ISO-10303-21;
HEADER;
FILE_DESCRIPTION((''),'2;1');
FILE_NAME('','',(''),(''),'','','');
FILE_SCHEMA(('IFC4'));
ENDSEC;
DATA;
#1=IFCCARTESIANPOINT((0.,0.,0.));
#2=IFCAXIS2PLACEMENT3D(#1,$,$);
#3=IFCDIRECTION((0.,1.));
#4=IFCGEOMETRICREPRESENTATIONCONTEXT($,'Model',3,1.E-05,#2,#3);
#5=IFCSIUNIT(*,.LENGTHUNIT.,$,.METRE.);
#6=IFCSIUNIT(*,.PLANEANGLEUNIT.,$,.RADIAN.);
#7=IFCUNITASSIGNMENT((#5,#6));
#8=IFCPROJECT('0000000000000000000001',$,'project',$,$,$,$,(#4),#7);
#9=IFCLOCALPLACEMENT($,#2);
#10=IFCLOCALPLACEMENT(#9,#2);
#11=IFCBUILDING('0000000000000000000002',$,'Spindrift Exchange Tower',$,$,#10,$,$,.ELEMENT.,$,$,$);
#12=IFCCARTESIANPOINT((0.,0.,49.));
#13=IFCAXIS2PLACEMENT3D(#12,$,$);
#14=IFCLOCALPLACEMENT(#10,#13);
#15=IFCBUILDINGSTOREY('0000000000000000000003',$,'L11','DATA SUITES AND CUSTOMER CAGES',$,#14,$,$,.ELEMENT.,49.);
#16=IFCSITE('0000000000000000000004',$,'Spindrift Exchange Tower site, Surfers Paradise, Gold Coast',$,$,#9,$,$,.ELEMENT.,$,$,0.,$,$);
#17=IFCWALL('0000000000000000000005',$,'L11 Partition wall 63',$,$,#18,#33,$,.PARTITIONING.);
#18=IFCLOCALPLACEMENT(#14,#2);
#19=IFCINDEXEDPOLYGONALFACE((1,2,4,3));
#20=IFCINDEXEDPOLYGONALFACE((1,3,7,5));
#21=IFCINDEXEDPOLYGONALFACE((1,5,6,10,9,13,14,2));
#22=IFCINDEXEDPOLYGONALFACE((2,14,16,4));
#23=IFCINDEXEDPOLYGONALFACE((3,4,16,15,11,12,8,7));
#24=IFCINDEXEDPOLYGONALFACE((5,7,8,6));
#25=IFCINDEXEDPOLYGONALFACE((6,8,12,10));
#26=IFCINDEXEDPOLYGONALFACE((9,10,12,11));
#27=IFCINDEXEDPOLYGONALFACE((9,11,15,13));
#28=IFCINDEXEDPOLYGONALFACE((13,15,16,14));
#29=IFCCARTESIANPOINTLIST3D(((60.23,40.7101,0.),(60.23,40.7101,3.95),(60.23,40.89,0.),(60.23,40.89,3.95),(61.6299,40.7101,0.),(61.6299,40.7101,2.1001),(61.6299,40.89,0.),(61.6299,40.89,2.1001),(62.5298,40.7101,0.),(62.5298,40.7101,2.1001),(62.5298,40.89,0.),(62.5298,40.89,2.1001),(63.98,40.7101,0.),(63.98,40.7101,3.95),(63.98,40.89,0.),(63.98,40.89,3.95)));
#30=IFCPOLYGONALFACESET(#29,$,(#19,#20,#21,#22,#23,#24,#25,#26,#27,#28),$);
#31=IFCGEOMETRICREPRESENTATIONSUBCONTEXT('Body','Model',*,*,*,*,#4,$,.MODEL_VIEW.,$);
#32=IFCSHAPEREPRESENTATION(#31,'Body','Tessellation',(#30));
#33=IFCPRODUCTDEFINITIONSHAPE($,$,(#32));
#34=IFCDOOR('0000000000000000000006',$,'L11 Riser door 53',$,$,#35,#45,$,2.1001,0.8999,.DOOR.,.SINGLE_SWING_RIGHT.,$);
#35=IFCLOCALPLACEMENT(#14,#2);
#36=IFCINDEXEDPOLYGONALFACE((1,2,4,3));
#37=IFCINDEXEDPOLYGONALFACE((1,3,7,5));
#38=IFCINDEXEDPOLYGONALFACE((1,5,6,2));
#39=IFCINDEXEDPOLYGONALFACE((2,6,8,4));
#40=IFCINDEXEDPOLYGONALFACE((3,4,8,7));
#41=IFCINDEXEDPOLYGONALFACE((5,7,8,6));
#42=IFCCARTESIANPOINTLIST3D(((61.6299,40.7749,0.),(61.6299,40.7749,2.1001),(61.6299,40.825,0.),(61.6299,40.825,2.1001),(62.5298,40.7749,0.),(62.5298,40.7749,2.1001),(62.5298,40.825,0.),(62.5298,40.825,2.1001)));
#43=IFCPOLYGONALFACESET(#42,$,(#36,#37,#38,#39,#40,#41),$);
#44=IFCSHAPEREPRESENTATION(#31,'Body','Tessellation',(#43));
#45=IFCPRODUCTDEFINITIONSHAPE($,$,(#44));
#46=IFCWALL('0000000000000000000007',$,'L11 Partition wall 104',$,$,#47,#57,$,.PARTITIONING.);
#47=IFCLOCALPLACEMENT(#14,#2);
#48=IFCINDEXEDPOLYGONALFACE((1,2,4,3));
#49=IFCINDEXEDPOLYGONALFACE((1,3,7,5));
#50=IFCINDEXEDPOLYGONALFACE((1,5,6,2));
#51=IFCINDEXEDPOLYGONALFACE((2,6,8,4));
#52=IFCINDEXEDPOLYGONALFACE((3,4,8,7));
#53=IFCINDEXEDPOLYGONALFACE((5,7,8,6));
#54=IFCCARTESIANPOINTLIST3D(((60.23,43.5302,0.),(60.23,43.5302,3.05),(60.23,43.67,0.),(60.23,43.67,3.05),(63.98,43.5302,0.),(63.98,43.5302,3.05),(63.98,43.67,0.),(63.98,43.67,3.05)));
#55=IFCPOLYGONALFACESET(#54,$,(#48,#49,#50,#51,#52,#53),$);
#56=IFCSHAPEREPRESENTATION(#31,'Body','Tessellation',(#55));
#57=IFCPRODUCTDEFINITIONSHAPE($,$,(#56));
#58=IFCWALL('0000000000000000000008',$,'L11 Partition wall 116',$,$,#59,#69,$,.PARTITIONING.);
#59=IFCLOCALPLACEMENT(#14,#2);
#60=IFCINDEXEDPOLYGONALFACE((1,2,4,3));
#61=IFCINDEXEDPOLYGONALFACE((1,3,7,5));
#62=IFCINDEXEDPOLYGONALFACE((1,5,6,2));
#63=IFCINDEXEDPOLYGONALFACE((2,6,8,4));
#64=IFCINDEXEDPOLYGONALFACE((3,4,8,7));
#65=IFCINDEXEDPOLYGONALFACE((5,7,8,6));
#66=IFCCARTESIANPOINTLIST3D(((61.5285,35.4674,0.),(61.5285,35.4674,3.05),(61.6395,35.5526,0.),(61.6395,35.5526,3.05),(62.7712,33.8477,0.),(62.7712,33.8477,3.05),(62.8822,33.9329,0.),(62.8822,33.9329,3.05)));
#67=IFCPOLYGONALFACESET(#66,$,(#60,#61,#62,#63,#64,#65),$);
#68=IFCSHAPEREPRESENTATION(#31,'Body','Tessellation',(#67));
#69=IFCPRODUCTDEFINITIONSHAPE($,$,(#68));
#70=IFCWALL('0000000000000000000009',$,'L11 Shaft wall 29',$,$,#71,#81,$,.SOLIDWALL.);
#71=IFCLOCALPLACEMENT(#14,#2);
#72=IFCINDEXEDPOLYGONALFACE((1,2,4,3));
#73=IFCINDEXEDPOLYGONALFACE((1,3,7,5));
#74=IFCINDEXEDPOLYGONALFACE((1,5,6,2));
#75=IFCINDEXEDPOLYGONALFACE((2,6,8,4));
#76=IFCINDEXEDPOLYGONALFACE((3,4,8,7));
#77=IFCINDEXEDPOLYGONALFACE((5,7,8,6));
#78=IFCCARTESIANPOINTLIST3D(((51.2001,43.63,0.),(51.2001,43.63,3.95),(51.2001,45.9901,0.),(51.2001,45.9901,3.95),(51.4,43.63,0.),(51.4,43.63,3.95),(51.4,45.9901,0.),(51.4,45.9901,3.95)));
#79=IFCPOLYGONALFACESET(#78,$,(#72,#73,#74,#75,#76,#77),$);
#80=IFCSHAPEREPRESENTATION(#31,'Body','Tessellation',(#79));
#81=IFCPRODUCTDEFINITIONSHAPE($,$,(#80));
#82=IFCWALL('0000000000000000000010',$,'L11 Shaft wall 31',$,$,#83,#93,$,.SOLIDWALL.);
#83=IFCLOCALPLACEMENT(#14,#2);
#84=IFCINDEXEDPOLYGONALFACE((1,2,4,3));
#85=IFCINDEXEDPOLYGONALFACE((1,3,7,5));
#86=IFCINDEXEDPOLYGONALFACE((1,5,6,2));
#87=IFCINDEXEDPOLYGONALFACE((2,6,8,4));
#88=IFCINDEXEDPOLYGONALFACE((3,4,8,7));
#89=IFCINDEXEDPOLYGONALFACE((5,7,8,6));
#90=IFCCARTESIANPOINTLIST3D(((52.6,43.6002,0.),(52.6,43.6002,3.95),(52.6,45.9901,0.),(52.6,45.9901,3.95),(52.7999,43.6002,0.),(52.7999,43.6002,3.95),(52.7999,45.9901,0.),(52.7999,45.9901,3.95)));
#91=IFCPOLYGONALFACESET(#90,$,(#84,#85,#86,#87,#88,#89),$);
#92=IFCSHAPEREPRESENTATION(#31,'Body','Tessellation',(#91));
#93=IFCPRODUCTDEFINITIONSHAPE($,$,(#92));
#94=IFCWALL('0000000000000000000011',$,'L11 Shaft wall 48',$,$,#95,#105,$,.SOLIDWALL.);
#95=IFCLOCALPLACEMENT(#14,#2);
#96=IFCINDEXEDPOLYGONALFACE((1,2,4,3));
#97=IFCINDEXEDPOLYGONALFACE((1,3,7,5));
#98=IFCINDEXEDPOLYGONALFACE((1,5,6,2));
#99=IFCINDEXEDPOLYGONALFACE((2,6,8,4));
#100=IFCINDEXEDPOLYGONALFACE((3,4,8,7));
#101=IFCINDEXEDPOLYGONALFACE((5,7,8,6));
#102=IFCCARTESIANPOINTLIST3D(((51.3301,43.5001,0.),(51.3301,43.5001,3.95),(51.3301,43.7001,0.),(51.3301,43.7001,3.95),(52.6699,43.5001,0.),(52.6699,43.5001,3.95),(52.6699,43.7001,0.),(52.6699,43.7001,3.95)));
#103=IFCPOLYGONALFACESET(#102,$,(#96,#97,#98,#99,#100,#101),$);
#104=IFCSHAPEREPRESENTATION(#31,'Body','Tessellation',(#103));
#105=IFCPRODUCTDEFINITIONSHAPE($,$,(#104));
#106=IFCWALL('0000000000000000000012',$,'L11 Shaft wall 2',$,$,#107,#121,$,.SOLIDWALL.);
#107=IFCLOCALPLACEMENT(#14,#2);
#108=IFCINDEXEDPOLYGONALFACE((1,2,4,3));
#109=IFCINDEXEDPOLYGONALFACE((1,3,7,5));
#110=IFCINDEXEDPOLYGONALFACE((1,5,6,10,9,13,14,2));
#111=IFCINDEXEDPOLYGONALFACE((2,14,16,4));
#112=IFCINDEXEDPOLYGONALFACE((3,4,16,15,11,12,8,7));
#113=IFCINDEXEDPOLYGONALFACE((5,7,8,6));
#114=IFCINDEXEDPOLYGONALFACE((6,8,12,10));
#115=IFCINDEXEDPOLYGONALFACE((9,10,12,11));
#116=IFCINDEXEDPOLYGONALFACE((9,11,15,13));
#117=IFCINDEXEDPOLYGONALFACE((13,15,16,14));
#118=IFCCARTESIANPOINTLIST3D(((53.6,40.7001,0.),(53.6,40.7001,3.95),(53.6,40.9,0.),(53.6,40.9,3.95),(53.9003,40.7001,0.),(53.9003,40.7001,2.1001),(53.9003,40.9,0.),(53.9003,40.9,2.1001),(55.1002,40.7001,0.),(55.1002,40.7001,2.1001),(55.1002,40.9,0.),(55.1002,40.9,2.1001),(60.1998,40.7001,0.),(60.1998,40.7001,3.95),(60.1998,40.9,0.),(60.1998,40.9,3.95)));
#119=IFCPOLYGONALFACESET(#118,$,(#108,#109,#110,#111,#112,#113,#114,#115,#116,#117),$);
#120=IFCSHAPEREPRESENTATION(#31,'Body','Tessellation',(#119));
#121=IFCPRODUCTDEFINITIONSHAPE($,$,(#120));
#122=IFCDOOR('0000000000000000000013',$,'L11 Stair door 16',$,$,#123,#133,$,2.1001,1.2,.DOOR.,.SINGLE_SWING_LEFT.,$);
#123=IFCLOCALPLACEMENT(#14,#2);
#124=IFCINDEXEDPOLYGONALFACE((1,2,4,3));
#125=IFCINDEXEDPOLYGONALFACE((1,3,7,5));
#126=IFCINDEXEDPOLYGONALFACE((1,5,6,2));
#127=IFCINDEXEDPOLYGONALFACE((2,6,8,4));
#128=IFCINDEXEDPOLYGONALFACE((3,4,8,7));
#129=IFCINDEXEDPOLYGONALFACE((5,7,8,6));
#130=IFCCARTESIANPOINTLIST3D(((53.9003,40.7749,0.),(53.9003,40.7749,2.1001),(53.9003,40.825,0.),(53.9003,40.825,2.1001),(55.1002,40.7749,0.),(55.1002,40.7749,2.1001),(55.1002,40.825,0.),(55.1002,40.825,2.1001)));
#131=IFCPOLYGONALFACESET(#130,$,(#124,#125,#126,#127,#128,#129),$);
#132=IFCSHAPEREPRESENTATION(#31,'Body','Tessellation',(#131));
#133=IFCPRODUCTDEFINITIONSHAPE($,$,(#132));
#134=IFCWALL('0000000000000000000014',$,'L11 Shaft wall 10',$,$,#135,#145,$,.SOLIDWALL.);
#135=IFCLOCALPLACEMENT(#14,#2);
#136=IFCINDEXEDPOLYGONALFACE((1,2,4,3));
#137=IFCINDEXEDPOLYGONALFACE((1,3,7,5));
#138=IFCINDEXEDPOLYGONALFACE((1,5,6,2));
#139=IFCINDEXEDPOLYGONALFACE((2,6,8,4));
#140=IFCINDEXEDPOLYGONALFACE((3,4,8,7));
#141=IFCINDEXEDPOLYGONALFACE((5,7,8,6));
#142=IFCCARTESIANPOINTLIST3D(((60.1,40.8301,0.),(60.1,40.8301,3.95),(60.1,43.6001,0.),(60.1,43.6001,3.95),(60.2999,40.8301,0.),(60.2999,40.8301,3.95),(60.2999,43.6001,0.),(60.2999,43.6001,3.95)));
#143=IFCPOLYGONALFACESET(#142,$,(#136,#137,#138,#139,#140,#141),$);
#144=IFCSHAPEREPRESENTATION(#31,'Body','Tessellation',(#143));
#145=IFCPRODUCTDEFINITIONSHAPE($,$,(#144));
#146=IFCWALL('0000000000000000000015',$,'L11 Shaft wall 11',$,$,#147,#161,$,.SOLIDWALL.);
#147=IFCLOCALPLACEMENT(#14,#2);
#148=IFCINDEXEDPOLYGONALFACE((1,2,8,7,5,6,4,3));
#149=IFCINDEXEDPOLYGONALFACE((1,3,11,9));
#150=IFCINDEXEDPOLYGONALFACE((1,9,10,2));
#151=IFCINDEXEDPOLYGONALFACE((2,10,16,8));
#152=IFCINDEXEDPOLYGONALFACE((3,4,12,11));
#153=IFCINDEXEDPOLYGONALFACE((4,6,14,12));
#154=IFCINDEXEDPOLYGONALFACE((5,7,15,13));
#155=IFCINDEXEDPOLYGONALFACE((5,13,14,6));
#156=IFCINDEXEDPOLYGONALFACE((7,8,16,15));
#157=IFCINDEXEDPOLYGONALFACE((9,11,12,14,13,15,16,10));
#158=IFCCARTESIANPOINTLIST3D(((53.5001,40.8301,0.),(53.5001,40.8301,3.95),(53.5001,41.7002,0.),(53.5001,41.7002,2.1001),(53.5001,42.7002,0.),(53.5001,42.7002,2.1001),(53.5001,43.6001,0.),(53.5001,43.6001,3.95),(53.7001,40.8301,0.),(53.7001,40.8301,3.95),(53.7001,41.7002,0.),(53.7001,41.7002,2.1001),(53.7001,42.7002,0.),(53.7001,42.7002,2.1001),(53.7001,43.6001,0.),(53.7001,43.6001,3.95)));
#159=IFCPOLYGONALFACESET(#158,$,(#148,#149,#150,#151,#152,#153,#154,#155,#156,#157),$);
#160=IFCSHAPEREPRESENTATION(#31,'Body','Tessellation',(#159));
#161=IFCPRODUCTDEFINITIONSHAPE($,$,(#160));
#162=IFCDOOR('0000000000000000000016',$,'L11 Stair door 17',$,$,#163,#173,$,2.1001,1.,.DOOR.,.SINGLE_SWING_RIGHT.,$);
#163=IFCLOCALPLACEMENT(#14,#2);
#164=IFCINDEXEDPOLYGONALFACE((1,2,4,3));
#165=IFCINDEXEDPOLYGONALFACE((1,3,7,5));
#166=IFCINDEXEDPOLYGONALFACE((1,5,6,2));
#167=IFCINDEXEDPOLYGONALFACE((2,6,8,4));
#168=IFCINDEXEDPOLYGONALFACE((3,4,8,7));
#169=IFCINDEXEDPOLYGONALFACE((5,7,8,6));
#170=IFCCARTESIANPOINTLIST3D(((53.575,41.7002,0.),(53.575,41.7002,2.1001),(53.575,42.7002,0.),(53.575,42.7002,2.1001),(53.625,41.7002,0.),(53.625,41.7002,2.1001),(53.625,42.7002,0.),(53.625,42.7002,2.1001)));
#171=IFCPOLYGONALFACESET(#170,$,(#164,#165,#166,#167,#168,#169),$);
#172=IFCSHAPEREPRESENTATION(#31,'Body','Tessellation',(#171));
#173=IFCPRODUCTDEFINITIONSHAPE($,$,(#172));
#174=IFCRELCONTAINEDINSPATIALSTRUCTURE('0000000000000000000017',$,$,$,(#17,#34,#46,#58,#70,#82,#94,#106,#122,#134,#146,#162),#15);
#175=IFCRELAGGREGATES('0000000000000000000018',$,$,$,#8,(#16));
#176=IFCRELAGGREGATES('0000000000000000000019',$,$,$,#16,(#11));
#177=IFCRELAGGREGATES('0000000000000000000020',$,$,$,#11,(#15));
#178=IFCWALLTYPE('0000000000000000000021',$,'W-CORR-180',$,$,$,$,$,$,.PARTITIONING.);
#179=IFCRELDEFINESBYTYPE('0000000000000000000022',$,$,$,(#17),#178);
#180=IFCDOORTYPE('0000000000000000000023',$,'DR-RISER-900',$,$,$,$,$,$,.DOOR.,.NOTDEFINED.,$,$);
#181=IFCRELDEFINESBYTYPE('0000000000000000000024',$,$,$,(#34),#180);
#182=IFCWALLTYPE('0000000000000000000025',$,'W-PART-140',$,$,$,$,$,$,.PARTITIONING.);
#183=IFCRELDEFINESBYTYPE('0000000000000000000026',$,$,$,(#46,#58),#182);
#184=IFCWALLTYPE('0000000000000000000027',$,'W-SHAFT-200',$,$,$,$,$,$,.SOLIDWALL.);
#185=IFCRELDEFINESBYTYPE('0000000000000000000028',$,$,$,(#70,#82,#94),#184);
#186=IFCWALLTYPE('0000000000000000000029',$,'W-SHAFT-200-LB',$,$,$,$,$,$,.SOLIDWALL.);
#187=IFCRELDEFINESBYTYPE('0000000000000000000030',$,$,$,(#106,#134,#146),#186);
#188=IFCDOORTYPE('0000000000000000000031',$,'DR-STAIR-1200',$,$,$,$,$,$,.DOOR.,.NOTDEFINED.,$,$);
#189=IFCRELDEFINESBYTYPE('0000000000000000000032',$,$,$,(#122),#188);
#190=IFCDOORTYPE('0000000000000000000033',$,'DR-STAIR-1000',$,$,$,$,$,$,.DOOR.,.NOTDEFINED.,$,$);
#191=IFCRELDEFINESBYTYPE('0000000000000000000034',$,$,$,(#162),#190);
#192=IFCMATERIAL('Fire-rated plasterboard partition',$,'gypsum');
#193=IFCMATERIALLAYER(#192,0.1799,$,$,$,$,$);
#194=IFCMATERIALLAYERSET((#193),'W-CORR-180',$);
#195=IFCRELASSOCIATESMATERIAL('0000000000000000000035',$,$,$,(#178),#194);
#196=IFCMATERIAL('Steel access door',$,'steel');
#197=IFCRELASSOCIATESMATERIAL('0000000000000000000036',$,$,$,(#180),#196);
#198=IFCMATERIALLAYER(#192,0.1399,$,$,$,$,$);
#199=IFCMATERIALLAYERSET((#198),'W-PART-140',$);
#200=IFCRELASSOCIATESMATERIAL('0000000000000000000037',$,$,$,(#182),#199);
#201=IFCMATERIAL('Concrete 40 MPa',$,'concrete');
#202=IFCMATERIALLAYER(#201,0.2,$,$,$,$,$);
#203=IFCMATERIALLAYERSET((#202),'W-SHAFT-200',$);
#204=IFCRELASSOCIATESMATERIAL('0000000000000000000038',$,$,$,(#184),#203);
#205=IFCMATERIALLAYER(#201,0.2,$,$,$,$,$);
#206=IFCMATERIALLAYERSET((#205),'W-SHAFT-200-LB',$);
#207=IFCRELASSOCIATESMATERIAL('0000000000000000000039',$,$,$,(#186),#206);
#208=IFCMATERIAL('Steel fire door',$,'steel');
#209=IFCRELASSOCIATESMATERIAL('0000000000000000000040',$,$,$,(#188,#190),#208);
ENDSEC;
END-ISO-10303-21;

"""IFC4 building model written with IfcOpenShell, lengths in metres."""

from ifc_helpers import new_model, si_unit, direction, frame, frame_2d, origin, place, context, subcontext, project, spatial, rectangle, extrude, source, transform, mapped, material, layer, layer_set, type_object, element, fill, save


model = new_model("IFC4")

# Units and contexts
model_context = context("Model", 3, precision=1e-05, world=origin(), true_north=direction((0.0, 1.0)))
body_context = subcontext(model_context, "Body", "Model", "MODEL_VIEW")
ifc_project = project(units=[si_unit("LENGTHUNIT", "METRE"), si_unit("PLANEANGLEUNIT", "RADIAN")], contexts=[model_context])

# Site, building, storey
site_placement = place(None, origin())
site = spatial("IfcSite", under=ifc_project, at=site_placement, Name="Spindrift Exchange Tower site, Surfers Paradise, Gold Coast", CompositionType="ELEMENT", RefElevation=0.0)
building_placement = place(site_placement, origin())
building = spatial("IfcBuilding", under=site, at=building_placement, Name="Spindrift Exchange Tower", CompositionType="ELEMENT")
storey_placement = place(building_placement, frame((0.0, 0.0, 49.0)))
storey = spatial("IfcBuildingStorey", under=building, at=storey_placement, Name="L11", Description="DATA SUITES AND CUSTOMER CAGES", CompositionType="ELEMENT", Elevation=49.0)

# Wall, opening, door
ifc_material_1 = material(Name="Fire-rated plasterboard partition", Category="gypsum")
ifc_layer_1 = layer(ifc_material_1, 0.1799)
ifc_layer_set_1 = layer_set([ifc_layer_1], Name="W-CORR-180")
wall_type_1 = type_object("IfcWallType", Name="W-CORR-180", PredefinedType="PARTITIONING", material=ifc_layer_set_1)
wall_1_placement = place(storey_placement, frame((60.23, 40.8, 0.0), z_axis=(0.0, 0.0, 1.0), x_axis=(1.0, 0.0, 0.0)))
wall_1 = element("IfcWall", 1, at=wall_1_placement, inside=storey, type_object=wall_type_1, Name="L11 Partition wall 63", PredefinedType="PARTITIONING", context=body_context, shape_type="SweptSolid", body=[
    extrude(rectangle(XDim=3.75, YDim=0.1799, at=frame_2d((1.875, 0.0))), origin(), (0.0, 0.0, 1.0), 3.95),
])
opening_1_placement = place(wall_1_placement, frame((1.3999, 0.0, 0.0)))
opening_1 = element("IfcOpeningElement", 2, at=opening_1_placement, cuts=wall_1, PredefinedType="OPENING", context=body_context, shape_type="SweptSolid", body=[
    extrude(rectangle(XDim=0.8999, YDim=2.1001, at=frame_2d((0.45, 1.05))), frame((0.0, 0.0999, 0.0), z_axis=(0.0, -1.0, 0.0), x_axis=(1.0, 0.0, 0.0)), (0.0, 0.0, 1.0), 0.2),
])
ifc_material_2 = material(Name="Steel access door", Category="steel")
door_type_1 = type_object("IfcDoorType", Name="DR-RISER-900", OperationType="NOTDEFINED", PredefinedType="DOOR", material=ifc_material_2)
shared_shape_1 = source(origin(), body_context, "Body", "SweptSolid", [
    extrude(rectangle(XDim=0.8999, YDim=2.1001, at=frame_2d((0.45, 1.05))), frame((0.0, 0.0249, 0.0), z_axis=(0.0, -1.0, 0.0), x_axis=(1.0, 0.0, 0.0)), (0.0, 0.0, 1.0), 0.05),
])
door_1_placement = place(opening_1_placement, origin())
door_1 = element("IfcDoor", 3, at=door_1_placement, inside=storey, type_object=door_type_1, Name="L11 Riser door 53", OperationType="SINGLE_SWING_RIGHT", OverallHeight=2.1001, OverallWidth=0.8999, PredefinedType="DOOR", context=body_context, shape_type="MappedRepresentation", body=[
    mapped(shared_shape_1, transform((0.0, 0.0, 0.0), scale=1.0)),
])
fill(opening_1, door_1)

# Walls
ifc_layer_2 = layer(ifc_material_1, 0.1399)
ifc_layer_set_2 = layer_set([ifc_layer_2], Name="W-PART-140")
wall_type_2 = type_object("IfcWallType", Name="W-PART-140", PredefinedType="PARTITIONING", material=ifc_layer_set_2)
wall_2_placement = place(storey_placement, frame((60.23, 43.6001, 0.0), z_axis=(0.0, 0.0, 1.0), x_axis=(1.0, 0.0, 0.0)))
element("IfcWall", 4, at=wall_2_placement, inside=storey, type_object=wall_type_2, Name="L11 Partition wall 104", PredefinedType="PARTITIONING", context=body_context, shape_type="SweptSolid", body=[
    extrude(rectangle(XDim=3.75, YDim=0.1399, at=frame_2d((1.875, 0.0))), origin(), (0.0, 0.0, 1.0), 3.05),
])
wall_3_placement = place(storey_placement, frame((61.584, 35.51, 0.0), z_axis=(0.0, 0.0, 1.0), x_axis=(0.608728, -0.793379, 0.0)))
element("IfcWall", 5, at=wall_3_placement, inside=storey, type_object=wall_type_2, Name="L11 Partition wall 116", PredefinedType="PARTITIONING", context=body_context, shape_type="SweptSolid", body=[
    extrude(rectangle(XDim=2.0415, YDim=0.1399, at=frame_2d((1.0208, 0.0))), origin(), (0.0, 0.0, 1.0), 3.05),
])
ifc_material_3 = material(Name="Concrete 40 MPa", Category="concrete")
ifc_layer_3 = layer(ifc_material_3, 0.2)
ifc_layer_set_3 = layer_set([ifc_layer_3], Name="W-SHAFT-200")
wall_type_3 = type_object("IfcWallType", Name="W-SHAFT-200", PredefinedType="SOLIDWALL", material=ifc_layer_set_3)
wall_4_placement = place(storey_placement, frame((51.3, 43.6299, 0.0), z_axis=(0.0, 0.0, 1.0), x_axis=(0.0, 1.0, 0.0)))
element("IfcWall", 6, at=wall_4_placement, inside=storey, type_object=wall_type_3, Name="L11 Shaft wall 29", PredefinedType="SOLIDWALL", context=body_context, shape_type="SweptSolid", body=[
    extrude(rectangle(XDim=2.3601, YDim=0.2, at=frame_2d((1.1802, 0.0))), origin(), (0.0, 0.0, 1.0), 3.95),
])
wall_5_placement = place(storey_placement, frame((52.7, 45.99, 0.0), z_axis=(0.0, 0.0, 1.0), x_axis=(0.0, -1.0, 0.0)))
element("IfcWall", 7, at=wall_5_placement, inside=storey, type_object=wall_type_3, Name="L11 Shaft wall 31", PredefinedType="SOLIDWALL", context=body_context, shape_type="SweptSolid", body=[
    extrude(rectangle(XDim=2.3899, YDim=0.2, at=frame_2d((1.1948, 0.0))), origin(), (0.0, 0.0, 1.0), 3.95),
])
wall_6_placement = place(storey_placement, frame((52.6699, 43.6001, 0.0), z_axis=(0.0, 0.0, 1.0), x_axis=(-1.0, 0.0, 0.0)))
element("IfcWall", 8, at=wall_6_placement, inside=storey, type_object=wall_type_3, Name="L11 Shaft wall 48", PredefinedType="SOLIDWALL", context=body_context, shape_type="SweptSolid", body=[
    extrude(rectangle(XDim=1.3398, YDim=0.2, at=frame_2d((0.6699, 0.0))), origin(), (0.0, 0.0, 1.0), 3.95),
])

# Wall, opening, door
ifc_layer_4 = layer(ifc_material_3, 0.2)
ifc_layer_set_4 = layer_set([ifc_layer_4], Name="W-SHAFT-200-LB")
wall_type_4 = type_object("IfcWallType", Name="W-SHAFT-200-LB", PredefinedType="SOLIDWALL", material=ifc_layer_set_4)
wall_7_placement = place(storey_placement, frame((53.6001, 40.8, 0.0), z_axis=(0.0, 0.0, 1.0), x_axis=(1.0, 0.0, 0.0)))
wall_7 = element("IfcWall", 9, at=wall_7_placement, inside=storey, type_object=wall_type_4, Name="L11 Shaft wall 2", PredefinedType="SOLIDWALL", context=body_context, shape_type="SweptSolid", body=[
    extrude(rectangle(XDim=6.5999, YDim=0.2, at=frame_2d((3.2998, 0.0))), origin(), (0.0, 0.0, 1.0), 3.95),
])
opening_2_placement = place(wall_7_placement, frame((0.3, 0.0, 0.0)))
opening_2 = element("IfcOpeningElement", 10, at=opening_2_placement, cuts=wall_7, PredefinedType="OPENING", context=body_context, shape_type="SweptSolid", body=[
    extrude(rectangle(XDim=1.2, YDim=2.1001, at=frame_2d((0.6001, 1.05))), frame((0.0, 0.1099, 0.0), z_axis=(0.0, -1.0, 0.0), x_axis=(1.0, 0.0, 0.0)), (0.0, 0.0, 1.0), 0.22),
])
ifc_material_4 = material(Name="Steel fire door", Category="steel")
door_type_2 = type_object("IfcDoorType", Name="DR-STAIR-1200", OperationType="NOTDEFINED", PredefinedType="DOOR", material=ifc_material_4)
shared_shape_2 = source(origin(), body_context, "Body", "SweptSolid", [
    extrude(rectangle(XDim=1.2, YDim=2.1001, at=frame_2d((0.6001, 1.05))), frame((0.0, 0.0249, 0.0), z_axis=(0.0, -1.0, 0.0), x_axis=(1.0, 0.0, 0.0)), (0.0, 0.0, 1.0), 0.05),
])
door_2_placement = place(opening_2_placement, origin())
door_2 = element("IfcDoor", 11, at=door_2_placement, inside=storey, type_object=door_type_2, Name="L11 Stair door 16", OperationType="SINGLE_SWING_LEFT", OverallHeight=2.1001, OverallWidth=1.2, PredefinedType="DOOR", context=body_context, shape_type="MappedRepresentation", body=[
    mapped(shared_shape_2, transform((0.0, 0.0, 0.0), scale=1.0)),
])
fill(opening_2, door_2)

# Wall
wall_8_placement = place(storey_placement, frame((60.2, 40.8301, 0.0), z_axis=(0.0, 0.0, 1.0), x_axis=(0.0, 1.0, 0.0)))
element("IfcWall", 12, at=wall_8_placement, inside=storey, type_object=wall_type_4, Name="L11 Shaft wall 10", PredefinedType="SOLIDWALL", context=body_context, shape_type="SweptSolid", body=[
    extrude(rectangle(XDim=2.77, YDim=0.2, at=frame_2d((1.385, 0.0))), origin(), (0.0, 0.0, 1.0), 3.95),
])

# Wall, opening, door
wall_9_placement = place(storey_placement, frame((53.6001, 43.6001, 0.0), z_axis=(0.0, 0.0, 1.0), x_axis=(0.0, -1.0, 0.0)))
wall_9 = element("IfcWall", 13, at=wall_9_placement, inside=storey, type_object=wall_type_4, Name="L11 Shaft wall 11", PredefinedType="SOLIDWALL", context=body_context, shape_type="SweptSolid", body=[
    extrude(rectangle(XDim=2.77, YDim=0.2, at=frame_2d((1.385, 0.0))), origin(), (0.0, 0.0, 1.0), 3.95),
])
opening_3_placement = place(wall_9_placement, frame((0.8999, 0.0, 0.0)))
opening_3 = element("IfcOpeningElement", 14, at=opening_3_placement, cuts=wall_9, PredefinedType="OPENING", context=body_context, shape_type="SweptSolid", body=[
    extrude(rectangle(XDim=1.0, YDim=2.1001, at=frame_2d((0.5, 1.05))), frame((0.0, 0.1099, 0.0), z_axis=(0.0, -1.0, 0.0), x_axis=(1.0, 0.0, 0.0)), (0.0, 0.0, 1.0), 0.22),
])
door_type_3 = type_object("IfcDoorType", Name="DR-STAIR-1000", OperationType="NOTDEFINED", PredefinedType="DOOR", material=ifc_material_4)
shared_shape_3 = source(origin(), body_context, "Body", "SweptSolid", [
    extrude(rectangle(XDim=1.0, YDim=2.1001, at=frame_2d((0.5, 1.05))), frame((0.0, 0.0249, 0.0), z_axis=(0.0, -1.0, 0.0), x_axis=(1.0, 0.0, 0.0)), (0.0, 0.0, 1.0), 0.05),
])
door_3_placement = place(opening_3_placement, origin())
door_3 = element("IfcDoor", 15, at=door_3_placement, inside=storey, type_object=door_type_3, Name="L11 Stair door 17", OperationType="SINGLE_SWING_RIGHT", OverallHeight=2.1001, OverallWidth=1.0, PredefinedType="DOOR", context=body_context, shape_type="MappedRepresentation", body=[
    mapped(shared_shape_3, transform((0.0, 0.0, 0.0), scale=1.0)),
])
fill(opening_3, door_3)

save(model, "model.ifc")
